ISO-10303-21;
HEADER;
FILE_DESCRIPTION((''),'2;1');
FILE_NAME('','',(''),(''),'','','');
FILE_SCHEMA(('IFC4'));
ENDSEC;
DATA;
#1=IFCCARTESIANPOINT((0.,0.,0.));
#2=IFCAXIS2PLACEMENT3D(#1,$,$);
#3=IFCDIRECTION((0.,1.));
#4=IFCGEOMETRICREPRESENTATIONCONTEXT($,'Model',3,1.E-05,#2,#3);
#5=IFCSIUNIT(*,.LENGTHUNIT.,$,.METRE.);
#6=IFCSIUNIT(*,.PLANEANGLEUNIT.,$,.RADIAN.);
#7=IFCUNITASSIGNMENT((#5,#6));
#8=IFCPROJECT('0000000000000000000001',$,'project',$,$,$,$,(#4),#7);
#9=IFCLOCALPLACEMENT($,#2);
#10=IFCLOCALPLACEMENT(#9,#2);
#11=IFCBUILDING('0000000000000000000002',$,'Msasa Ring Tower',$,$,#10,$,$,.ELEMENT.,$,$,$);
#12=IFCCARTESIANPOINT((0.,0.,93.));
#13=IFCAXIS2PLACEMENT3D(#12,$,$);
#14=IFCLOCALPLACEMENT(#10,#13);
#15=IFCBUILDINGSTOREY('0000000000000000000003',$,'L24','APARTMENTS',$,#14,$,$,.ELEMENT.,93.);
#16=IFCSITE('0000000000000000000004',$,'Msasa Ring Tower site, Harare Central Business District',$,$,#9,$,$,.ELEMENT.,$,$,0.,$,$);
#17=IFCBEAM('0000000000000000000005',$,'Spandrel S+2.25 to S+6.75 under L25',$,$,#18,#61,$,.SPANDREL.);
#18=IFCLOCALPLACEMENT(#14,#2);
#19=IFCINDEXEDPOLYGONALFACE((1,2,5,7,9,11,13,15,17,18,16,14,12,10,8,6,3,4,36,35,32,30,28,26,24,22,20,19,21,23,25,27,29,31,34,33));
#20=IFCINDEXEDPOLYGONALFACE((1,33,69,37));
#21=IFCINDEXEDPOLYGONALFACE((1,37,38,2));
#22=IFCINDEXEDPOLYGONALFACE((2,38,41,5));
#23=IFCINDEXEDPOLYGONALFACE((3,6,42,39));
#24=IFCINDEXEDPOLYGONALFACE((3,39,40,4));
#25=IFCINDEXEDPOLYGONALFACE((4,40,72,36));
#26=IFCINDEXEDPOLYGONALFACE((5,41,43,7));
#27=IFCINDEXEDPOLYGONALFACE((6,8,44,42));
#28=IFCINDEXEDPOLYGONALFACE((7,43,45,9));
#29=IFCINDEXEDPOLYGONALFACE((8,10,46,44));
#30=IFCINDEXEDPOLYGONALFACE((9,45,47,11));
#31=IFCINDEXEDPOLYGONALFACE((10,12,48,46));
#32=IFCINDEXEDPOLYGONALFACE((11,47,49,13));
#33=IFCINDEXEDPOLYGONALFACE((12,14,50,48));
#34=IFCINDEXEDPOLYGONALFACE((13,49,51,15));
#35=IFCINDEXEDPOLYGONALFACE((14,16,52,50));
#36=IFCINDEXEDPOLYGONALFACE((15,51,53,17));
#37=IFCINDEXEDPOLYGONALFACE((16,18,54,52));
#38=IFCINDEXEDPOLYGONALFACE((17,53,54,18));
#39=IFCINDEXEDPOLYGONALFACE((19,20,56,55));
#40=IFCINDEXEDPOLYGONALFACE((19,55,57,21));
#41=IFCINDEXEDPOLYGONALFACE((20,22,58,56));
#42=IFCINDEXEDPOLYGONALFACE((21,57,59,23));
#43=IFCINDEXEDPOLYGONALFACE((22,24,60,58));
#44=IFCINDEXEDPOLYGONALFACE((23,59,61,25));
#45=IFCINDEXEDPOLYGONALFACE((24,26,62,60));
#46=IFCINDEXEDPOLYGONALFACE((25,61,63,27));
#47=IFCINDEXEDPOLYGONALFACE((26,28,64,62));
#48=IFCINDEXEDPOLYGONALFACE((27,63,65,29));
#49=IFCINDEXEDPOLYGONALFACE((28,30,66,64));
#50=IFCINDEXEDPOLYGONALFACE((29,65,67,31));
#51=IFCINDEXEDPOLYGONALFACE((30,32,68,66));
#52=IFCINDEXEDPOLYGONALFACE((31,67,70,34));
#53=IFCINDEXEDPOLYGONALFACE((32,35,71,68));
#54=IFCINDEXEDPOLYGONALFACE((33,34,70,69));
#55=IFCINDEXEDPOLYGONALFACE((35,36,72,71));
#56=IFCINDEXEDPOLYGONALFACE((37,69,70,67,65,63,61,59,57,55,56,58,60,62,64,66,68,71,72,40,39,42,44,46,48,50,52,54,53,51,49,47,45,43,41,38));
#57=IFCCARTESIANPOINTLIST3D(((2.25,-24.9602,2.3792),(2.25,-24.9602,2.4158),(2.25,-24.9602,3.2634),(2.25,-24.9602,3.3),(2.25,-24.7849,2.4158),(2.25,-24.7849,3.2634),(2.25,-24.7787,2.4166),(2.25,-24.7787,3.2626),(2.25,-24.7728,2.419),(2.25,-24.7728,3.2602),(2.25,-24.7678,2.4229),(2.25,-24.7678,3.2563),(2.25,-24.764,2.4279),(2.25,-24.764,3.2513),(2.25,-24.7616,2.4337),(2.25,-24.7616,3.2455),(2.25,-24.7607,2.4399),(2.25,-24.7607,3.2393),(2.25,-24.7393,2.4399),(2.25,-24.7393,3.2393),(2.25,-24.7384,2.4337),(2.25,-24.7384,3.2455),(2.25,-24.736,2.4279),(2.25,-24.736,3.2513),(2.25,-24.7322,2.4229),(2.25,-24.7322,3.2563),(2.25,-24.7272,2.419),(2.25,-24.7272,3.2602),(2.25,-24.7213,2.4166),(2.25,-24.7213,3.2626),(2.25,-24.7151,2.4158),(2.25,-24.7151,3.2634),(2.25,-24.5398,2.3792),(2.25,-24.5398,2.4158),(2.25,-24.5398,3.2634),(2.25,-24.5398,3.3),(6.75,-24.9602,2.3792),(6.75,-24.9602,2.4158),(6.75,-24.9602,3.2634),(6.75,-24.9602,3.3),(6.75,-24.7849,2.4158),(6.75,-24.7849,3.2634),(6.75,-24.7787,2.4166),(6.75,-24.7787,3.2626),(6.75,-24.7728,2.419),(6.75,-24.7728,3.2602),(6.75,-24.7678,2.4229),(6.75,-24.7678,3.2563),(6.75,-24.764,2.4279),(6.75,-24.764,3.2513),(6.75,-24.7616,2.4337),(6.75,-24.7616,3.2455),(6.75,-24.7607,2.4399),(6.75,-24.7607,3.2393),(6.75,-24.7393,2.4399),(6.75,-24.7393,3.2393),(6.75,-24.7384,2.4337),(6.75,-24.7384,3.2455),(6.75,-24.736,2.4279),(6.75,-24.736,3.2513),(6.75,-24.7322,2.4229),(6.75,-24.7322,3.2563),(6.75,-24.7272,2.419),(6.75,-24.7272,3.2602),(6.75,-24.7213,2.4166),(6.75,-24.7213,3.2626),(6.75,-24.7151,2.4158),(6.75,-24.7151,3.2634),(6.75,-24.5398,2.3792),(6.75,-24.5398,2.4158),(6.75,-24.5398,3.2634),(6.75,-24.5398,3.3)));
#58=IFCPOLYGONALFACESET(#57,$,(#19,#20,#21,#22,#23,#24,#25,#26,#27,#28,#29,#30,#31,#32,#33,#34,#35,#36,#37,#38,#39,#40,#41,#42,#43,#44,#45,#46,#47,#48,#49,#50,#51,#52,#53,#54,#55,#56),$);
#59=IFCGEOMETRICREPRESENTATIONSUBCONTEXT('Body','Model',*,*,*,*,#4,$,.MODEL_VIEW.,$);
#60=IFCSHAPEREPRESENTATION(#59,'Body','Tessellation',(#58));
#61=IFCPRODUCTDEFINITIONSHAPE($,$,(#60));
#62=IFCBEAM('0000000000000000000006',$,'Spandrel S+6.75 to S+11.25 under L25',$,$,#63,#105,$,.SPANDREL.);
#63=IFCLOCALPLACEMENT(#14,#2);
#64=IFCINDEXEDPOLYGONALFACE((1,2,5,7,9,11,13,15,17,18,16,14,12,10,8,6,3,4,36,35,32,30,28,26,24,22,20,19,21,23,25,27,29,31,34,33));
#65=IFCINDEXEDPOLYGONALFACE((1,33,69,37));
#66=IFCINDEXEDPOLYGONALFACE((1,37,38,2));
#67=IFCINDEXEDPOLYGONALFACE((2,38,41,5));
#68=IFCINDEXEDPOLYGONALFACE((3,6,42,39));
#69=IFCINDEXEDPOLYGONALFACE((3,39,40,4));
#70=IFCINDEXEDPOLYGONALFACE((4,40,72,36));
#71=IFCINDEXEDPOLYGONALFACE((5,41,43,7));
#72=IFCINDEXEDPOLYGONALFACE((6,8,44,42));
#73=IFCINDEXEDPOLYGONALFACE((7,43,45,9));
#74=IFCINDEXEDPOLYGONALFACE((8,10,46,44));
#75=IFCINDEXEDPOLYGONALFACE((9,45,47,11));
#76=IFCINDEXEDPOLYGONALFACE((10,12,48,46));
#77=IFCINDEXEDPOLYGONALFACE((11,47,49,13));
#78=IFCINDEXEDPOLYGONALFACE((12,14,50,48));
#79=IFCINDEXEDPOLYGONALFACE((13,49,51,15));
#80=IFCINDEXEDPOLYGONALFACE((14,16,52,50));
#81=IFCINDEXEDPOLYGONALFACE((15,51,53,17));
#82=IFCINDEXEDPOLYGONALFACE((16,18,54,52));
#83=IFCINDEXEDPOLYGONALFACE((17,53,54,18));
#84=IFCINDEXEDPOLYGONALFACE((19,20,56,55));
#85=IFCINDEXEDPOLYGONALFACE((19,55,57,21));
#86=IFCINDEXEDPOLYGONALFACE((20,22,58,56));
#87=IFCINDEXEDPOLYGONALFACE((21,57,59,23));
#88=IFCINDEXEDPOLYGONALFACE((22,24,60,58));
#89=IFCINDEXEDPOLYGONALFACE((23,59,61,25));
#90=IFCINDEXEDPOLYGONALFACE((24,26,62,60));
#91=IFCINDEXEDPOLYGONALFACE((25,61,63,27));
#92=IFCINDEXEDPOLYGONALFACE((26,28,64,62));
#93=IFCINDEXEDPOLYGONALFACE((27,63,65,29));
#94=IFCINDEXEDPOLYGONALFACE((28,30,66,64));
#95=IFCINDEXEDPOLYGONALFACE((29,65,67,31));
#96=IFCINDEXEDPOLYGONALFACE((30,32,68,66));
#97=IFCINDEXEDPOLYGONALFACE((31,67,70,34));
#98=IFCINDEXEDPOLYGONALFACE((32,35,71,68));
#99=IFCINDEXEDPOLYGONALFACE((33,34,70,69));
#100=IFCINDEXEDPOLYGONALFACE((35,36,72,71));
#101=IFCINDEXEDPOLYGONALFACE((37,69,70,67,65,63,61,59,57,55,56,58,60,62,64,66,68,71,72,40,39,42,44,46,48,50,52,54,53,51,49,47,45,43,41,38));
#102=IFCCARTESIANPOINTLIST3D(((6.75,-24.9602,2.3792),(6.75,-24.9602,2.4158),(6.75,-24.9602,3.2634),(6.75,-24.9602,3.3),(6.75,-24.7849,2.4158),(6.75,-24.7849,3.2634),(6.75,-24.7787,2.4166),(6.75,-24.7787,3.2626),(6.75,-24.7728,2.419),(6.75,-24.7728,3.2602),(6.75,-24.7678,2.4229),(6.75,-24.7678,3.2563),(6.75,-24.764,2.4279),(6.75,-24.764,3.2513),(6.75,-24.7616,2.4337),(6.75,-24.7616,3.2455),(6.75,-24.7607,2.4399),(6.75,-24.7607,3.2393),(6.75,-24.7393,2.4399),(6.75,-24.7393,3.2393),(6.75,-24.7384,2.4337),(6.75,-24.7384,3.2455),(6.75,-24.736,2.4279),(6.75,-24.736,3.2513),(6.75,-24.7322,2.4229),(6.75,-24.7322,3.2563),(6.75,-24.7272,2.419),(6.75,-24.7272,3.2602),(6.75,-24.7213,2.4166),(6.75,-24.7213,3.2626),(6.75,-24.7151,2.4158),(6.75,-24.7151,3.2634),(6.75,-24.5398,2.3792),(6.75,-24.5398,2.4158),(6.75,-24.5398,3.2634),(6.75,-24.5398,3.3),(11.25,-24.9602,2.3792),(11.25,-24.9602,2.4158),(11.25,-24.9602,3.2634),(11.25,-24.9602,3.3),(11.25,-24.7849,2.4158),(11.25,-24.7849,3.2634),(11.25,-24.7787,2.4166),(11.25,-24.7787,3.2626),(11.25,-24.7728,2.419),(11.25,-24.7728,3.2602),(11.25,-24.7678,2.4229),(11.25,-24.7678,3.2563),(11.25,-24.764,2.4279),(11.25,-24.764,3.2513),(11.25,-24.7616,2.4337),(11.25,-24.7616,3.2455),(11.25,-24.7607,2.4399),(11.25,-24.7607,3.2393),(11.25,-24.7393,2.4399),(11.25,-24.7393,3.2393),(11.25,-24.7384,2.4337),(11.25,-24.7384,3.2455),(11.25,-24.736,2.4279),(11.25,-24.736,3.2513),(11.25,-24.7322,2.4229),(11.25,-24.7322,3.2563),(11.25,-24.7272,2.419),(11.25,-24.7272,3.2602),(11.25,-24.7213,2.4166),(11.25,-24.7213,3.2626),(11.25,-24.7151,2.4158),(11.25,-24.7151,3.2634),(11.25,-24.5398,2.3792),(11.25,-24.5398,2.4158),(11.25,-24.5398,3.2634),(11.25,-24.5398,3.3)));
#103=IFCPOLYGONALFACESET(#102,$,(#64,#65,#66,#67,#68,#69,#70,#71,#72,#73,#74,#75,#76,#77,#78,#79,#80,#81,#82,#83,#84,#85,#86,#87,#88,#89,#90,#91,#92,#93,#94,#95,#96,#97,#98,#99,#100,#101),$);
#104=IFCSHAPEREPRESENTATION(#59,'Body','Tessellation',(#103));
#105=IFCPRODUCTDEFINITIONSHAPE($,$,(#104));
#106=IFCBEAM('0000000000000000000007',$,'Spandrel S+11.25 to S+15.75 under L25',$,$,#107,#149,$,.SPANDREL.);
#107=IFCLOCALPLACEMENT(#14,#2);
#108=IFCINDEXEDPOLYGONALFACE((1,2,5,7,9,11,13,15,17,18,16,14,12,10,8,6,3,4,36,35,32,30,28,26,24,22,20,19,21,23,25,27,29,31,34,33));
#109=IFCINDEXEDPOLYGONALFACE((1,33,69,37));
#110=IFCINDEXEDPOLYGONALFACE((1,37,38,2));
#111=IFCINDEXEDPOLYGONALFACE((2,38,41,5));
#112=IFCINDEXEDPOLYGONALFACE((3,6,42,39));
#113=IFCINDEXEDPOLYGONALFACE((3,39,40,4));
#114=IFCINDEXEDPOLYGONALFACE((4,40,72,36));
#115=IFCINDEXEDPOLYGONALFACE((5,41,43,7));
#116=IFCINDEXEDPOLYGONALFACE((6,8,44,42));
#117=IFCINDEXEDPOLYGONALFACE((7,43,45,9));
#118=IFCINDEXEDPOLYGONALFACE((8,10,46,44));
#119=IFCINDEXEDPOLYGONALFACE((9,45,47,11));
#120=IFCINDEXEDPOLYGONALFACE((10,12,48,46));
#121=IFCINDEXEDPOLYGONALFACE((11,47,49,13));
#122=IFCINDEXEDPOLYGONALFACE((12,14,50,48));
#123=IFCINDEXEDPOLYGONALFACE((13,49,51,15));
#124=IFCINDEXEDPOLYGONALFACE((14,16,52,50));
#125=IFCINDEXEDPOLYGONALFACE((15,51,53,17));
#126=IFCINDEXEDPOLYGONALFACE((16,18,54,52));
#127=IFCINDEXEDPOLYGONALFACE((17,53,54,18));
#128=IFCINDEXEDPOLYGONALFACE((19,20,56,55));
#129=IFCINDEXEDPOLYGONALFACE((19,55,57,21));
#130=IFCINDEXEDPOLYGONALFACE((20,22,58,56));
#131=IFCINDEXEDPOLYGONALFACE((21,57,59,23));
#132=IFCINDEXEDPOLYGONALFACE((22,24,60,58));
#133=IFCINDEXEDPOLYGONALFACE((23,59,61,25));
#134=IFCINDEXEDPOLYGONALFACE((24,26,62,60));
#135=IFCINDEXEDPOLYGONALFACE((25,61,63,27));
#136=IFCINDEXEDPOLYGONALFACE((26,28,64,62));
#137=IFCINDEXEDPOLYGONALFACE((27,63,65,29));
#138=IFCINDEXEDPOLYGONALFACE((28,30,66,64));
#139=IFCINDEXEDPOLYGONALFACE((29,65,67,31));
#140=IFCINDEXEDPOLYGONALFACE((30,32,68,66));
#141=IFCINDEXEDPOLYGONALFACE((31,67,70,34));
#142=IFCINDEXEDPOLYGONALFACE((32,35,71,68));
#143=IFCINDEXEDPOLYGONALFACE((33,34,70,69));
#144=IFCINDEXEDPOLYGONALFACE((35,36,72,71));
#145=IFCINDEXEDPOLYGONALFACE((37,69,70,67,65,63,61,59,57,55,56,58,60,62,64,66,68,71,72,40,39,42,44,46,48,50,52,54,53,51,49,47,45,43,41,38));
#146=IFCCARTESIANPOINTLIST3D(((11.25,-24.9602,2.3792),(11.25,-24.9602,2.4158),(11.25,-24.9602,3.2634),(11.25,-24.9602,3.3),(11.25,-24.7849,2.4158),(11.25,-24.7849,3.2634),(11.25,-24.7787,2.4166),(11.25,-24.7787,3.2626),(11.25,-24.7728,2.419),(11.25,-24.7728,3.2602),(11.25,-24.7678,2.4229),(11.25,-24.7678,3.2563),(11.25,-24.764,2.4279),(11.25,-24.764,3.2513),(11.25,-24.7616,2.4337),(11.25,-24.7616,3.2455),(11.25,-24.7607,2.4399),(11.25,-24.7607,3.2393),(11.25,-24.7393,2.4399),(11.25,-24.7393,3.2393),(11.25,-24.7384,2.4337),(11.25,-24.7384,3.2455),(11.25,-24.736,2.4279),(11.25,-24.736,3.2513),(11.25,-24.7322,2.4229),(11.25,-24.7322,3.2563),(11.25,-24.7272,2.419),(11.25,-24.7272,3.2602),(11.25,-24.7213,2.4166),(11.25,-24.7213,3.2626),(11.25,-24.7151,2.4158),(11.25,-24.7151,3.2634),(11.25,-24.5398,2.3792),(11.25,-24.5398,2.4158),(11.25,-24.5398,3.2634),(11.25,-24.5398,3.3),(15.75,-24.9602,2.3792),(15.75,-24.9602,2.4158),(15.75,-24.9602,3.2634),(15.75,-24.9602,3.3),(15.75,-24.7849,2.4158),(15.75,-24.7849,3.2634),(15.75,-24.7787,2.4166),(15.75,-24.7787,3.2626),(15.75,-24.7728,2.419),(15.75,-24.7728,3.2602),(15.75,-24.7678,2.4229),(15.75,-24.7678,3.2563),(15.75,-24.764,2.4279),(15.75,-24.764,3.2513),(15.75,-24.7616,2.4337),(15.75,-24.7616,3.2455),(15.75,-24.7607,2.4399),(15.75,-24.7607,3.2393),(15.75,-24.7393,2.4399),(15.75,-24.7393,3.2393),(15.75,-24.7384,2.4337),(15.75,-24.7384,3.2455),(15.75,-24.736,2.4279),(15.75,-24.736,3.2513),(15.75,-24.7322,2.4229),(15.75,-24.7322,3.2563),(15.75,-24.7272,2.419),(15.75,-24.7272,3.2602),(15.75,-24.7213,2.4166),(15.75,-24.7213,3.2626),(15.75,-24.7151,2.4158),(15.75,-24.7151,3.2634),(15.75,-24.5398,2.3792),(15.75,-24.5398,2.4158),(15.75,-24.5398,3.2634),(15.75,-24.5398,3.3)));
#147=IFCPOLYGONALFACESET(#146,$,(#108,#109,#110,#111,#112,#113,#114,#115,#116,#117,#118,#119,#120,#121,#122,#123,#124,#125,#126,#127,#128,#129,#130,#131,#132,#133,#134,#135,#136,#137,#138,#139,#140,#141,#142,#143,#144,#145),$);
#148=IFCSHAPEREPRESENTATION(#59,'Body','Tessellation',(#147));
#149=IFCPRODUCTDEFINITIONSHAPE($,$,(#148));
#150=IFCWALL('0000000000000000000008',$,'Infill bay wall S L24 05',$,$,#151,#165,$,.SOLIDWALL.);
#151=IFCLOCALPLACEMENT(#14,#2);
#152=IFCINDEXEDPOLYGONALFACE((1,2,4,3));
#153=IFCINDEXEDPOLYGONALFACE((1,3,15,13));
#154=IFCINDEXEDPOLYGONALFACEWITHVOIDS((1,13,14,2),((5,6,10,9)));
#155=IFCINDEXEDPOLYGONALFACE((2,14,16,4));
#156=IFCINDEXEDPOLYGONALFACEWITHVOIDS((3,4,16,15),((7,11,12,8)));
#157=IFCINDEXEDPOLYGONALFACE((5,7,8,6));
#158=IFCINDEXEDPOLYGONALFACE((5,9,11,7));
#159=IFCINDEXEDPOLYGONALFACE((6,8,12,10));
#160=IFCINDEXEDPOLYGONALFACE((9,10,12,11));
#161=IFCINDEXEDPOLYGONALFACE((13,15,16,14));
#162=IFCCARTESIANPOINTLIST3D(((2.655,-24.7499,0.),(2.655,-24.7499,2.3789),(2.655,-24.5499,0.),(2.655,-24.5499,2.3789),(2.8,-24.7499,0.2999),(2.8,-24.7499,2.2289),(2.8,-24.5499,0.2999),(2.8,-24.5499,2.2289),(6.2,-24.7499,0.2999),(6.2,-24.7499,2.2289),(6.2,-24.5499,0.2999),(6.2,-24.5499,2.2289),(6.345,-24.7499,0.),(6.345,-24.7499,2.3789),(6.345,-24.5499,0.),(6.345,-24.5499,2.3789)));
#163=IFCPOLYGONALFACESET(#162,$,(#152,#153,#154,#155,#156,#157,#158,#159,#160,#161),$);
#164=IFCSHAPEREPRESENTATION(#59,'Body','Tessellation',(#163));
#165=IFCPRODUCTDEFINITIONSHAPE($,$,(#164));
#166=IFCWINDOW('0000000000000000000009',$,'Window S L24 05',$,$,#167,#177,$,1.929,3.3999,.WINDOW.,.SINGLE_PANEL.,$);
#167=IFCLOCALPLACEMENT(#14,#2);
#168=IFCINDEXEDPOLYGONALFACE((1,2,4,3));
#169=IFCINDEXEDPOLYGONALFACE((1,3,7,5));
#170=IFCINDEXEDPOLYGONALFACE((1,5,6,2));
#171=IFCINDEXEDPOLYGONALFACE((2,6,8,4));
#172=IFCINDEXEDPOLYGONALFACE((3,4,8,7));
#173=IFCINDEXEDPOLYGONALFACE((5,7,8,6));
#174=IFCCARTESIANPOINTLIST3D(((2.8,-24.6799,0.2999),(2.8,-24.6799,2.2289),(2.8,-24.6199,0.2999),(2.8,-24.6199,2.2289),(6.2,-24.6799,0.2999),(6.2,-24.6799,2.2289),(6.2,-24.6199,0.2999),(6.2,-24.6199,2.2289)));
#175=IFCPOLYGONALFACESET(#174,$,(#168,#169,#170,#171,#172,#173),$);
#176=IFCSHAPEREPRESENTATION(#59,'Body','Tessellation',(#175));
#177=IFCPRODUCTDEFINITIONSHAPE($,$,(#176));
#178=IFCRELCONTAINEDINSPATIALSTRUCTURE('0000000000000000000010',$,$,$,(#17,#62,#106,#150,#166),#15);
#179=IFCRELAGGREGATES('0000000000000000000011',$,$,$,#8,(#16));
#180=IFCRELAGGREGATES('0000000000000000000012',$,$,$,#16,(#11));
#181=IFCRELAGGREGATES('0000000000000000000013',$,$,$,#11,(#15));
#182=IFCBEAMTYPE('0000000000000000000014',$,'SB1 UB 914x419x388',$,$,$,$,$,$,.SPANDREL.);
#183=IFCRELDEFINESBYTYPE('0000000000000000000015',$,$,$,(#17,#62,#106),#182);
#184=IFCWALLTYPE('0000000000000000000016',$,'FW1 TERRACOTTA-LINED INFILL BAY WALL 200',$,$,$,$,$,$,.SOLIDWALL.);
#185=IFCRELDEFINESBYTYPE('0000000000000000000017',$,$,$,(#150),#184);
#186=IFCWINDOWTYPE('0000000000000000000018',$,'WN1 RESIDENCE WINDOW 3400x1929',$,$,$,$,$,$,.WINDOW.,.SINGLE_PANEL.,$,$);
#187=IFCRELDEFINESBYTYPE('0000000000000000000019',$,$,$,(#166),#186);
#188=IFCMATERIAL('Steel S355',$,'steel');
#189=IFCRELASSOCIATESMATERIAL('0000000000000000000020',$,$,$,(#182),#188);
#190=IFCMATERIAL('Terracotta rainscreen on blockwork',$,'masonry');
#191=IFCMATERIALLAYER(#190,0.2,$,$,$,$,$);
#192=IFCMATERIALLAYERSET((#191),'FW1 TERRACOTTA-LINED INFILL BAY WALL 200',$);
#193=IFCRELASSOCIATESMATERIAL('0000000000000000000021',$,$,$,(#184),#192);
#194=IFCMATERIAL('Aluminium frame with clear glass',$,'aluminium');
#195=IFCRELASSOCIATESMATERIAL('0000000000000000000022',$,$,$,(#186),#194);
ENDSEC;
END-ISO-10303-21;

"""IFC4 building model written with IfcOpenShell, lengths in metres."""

from ifc_helpers import new_model, si_unit, direction, frame, frame_2d, origin, origin_2d, place, context, subcontext, project, spatial, rectangle, i_section, extrude, material, layer, layer_set, material_profile, profile_set, type_object, element, fill, save


model = new_model("IFC4")

# Units and contexts
model_context = context("Model", 3, precision=1e-05, world=origin(), true_north=direction((0.0, 1.0)))
body_context = subcontext(model_context, "Body", "Model", "MODEL_VIEW")
ifc_project = project(units=[si_unit("LENGTHUNIT", "METRE"), si_unit("PLANEANGLEUNIT", "RADIAN")], contexts=[model_context])

# Site, building, storey
site_placement = place(None, origin())
site = spatial("IfcSite", under=ifc_project, at=site_placement, Name="Msasa Ring Tower site, Harare Central Business District", CompositionType="ELEMENT", RefElevation=0.0)
building_placement = place(site_placement, origin())
building = spatial("IfcBuilding", under=site, at=building_placement, Name="Msasa Ring Tower", CompositionType="ELEMENT")
storey_placement = place(building_placement, frame((0.0, 0.0, 93.0)))
storey = spatial("IfcBuildingStorey", under=building, at=storey_placement, Name="L24", Description="APARTMENTS", CompositionType="ELEMENT", Elevation=93.0)

# Beams
ifc_material_1 = material(Name="Steel S355", Category="steel")
ifc_material_profile_1 = material_profile(ifc_material_1, i_section(OverallWidth=0.4204, OverallDepth=0.9209, WebThickness=0.0215, FlangeThickness=0.0366, FilletRadius=0.0242, at=origin_2d()), Name="UB 914x419x388")
ifc_profile_set_1 = profile_set([ifc_material_profile_1], Name="Steel S355")
beam_type_1 = type_object("IfcBeamType", Name="SB1 UB 914x419x388", PredefinedType="SPANDREL", material=ifc_profile_set_1)
for number, where, z_axis, x_axis, name in (
    (1, (2.25, -24.75, 2.8396), (1.0, 0.0, 0.0), (0.0, 1.0, 0.0), "Spandrel S+2.25 to S+6.75 under L25"),
    (2, (6.75, -24.75, 2.8396), (1.0, 0.0, 0.0), (0.0, 1.0, 0.0), "Spandrel S+6.75 to S+11.25 under L25"),
    (3, (11.25, -24.75, 2.8396), (1.0, 0.0, 0.0), (0.0, 1.0, 0.0), "Spandrel S+11.25 to S+15.75 under L25"),
):
    element("IfcBeam", number, at=place(storey_placement, frame(where, z_axis=z_axis, x_axis=x_axis)), inside=storey, type_object=beam_type_1, Name=name, PredefinedType="SPANDREL", context=body_context, shape_type="SweptSolid", body=[
        extrude(i_section(OverallWidth=0.4204, OverallDepth=0.9209, WebThickness=0.0215, FlangeThickness=0.0366, FilletRadius=0.0242, at=origin_2d()), origin(), (0.0, 0.0, 1.0), 4.5),
    ])

# Wall, opening, window
ifc_material_2 = material(Name="Terracotta rainscreen on blockwork", Category="masonry")
ifc_layer_1 = layer(ifc_material_2, 0.2)
ifc_layer_set_1 = layer_set([ifc_layer_1], Name="FW1 TERRACOTTA-LINED INFILL BAY WALL 200")
wall_type_1 = type_object("IfcWallType", Name="FW1 TERRACOTTA-LINED INFILL BAY WALL 200", PredefinedType="SOLIDWALL", material=ifc_layer_set_1)
wall_1_placement = place(storey_placement, frame((2.655, -24.6499, 0.0), z_axis=(0.0, 0.0, 1.0), x_axis=(1.0, 0.0, 0.0)))
wall_1 = element("IfcWall", 4, at=wall_1_placement, inside=storey, type_object=wall_type_1, Name="Infill bay wall S L24 05", PredefinedType="SOLIDWALL", context=body_context, shape_type="SweptSolid", body=[
    extrude(rectangle(XDim=3.6899, YDim=0.2, at=frame_2d((1.845, 0.0))), origin(), (0.0, 0.0, 1.0), 2.3789),
])
opening_1_placement = place(wall_1_placement, frame((0.145, 0.0, 0.3)))
opening_1 = element("IfcOpeningElement", 5, at=opening_1_placement, cuts=wall_1, PredefinedType="OPENING", context=body_context, shape_type="SweptSolid", body=[
    extrude(rectangle(XDim=3.3999, YDim=1.929, at=frame_2d((1.7, 0.9644))), frame((0.0, 0.1099, 0.0), z_axis=(0.0, -1.0, 0.0), x_axis=(1.0, 0.0, 0.0)), (0.0, 0.0, 1.0), 0.22),
])
ifc_material_3 = material(Name="Aluminium frame with clear glass", Category="aluminium")
window_type = type_object("IfcWindowType", Name="WN1 RESIDENCE WINDOW 3400x1929", PartitioningType="SINGLE_PANEL", PredefinedType="WINDOW", material=ifc_material_3)
window_1_placement = place(opening_1_placement, origin())
window_1 = element("IfcWindow", 6, at=window_1_placement, inside=storey, type_object=window_type, Name="Window S L24 05", OverallHeight=1.929, OverallWidth=3.3999, PartitioningType="SINGLE_PANEL", PredefinedType="WINDOW", context=body_context, shape_type="SweptSolid", body=[
    extrude(rectangle(XDim=3.3999, YDim=1.929, at=frame_2d((1.7, 0.9644))), frame((0.0, 0.03, 0.0), z_axis=(0.0, -1.0, 0.0), x_axis=(1.0, 0.0, 0.0)), (0.0, 0.0, 1.0), 0.0601),
])
fill(opening_1, window_1)

save(model, "model.ifc")
